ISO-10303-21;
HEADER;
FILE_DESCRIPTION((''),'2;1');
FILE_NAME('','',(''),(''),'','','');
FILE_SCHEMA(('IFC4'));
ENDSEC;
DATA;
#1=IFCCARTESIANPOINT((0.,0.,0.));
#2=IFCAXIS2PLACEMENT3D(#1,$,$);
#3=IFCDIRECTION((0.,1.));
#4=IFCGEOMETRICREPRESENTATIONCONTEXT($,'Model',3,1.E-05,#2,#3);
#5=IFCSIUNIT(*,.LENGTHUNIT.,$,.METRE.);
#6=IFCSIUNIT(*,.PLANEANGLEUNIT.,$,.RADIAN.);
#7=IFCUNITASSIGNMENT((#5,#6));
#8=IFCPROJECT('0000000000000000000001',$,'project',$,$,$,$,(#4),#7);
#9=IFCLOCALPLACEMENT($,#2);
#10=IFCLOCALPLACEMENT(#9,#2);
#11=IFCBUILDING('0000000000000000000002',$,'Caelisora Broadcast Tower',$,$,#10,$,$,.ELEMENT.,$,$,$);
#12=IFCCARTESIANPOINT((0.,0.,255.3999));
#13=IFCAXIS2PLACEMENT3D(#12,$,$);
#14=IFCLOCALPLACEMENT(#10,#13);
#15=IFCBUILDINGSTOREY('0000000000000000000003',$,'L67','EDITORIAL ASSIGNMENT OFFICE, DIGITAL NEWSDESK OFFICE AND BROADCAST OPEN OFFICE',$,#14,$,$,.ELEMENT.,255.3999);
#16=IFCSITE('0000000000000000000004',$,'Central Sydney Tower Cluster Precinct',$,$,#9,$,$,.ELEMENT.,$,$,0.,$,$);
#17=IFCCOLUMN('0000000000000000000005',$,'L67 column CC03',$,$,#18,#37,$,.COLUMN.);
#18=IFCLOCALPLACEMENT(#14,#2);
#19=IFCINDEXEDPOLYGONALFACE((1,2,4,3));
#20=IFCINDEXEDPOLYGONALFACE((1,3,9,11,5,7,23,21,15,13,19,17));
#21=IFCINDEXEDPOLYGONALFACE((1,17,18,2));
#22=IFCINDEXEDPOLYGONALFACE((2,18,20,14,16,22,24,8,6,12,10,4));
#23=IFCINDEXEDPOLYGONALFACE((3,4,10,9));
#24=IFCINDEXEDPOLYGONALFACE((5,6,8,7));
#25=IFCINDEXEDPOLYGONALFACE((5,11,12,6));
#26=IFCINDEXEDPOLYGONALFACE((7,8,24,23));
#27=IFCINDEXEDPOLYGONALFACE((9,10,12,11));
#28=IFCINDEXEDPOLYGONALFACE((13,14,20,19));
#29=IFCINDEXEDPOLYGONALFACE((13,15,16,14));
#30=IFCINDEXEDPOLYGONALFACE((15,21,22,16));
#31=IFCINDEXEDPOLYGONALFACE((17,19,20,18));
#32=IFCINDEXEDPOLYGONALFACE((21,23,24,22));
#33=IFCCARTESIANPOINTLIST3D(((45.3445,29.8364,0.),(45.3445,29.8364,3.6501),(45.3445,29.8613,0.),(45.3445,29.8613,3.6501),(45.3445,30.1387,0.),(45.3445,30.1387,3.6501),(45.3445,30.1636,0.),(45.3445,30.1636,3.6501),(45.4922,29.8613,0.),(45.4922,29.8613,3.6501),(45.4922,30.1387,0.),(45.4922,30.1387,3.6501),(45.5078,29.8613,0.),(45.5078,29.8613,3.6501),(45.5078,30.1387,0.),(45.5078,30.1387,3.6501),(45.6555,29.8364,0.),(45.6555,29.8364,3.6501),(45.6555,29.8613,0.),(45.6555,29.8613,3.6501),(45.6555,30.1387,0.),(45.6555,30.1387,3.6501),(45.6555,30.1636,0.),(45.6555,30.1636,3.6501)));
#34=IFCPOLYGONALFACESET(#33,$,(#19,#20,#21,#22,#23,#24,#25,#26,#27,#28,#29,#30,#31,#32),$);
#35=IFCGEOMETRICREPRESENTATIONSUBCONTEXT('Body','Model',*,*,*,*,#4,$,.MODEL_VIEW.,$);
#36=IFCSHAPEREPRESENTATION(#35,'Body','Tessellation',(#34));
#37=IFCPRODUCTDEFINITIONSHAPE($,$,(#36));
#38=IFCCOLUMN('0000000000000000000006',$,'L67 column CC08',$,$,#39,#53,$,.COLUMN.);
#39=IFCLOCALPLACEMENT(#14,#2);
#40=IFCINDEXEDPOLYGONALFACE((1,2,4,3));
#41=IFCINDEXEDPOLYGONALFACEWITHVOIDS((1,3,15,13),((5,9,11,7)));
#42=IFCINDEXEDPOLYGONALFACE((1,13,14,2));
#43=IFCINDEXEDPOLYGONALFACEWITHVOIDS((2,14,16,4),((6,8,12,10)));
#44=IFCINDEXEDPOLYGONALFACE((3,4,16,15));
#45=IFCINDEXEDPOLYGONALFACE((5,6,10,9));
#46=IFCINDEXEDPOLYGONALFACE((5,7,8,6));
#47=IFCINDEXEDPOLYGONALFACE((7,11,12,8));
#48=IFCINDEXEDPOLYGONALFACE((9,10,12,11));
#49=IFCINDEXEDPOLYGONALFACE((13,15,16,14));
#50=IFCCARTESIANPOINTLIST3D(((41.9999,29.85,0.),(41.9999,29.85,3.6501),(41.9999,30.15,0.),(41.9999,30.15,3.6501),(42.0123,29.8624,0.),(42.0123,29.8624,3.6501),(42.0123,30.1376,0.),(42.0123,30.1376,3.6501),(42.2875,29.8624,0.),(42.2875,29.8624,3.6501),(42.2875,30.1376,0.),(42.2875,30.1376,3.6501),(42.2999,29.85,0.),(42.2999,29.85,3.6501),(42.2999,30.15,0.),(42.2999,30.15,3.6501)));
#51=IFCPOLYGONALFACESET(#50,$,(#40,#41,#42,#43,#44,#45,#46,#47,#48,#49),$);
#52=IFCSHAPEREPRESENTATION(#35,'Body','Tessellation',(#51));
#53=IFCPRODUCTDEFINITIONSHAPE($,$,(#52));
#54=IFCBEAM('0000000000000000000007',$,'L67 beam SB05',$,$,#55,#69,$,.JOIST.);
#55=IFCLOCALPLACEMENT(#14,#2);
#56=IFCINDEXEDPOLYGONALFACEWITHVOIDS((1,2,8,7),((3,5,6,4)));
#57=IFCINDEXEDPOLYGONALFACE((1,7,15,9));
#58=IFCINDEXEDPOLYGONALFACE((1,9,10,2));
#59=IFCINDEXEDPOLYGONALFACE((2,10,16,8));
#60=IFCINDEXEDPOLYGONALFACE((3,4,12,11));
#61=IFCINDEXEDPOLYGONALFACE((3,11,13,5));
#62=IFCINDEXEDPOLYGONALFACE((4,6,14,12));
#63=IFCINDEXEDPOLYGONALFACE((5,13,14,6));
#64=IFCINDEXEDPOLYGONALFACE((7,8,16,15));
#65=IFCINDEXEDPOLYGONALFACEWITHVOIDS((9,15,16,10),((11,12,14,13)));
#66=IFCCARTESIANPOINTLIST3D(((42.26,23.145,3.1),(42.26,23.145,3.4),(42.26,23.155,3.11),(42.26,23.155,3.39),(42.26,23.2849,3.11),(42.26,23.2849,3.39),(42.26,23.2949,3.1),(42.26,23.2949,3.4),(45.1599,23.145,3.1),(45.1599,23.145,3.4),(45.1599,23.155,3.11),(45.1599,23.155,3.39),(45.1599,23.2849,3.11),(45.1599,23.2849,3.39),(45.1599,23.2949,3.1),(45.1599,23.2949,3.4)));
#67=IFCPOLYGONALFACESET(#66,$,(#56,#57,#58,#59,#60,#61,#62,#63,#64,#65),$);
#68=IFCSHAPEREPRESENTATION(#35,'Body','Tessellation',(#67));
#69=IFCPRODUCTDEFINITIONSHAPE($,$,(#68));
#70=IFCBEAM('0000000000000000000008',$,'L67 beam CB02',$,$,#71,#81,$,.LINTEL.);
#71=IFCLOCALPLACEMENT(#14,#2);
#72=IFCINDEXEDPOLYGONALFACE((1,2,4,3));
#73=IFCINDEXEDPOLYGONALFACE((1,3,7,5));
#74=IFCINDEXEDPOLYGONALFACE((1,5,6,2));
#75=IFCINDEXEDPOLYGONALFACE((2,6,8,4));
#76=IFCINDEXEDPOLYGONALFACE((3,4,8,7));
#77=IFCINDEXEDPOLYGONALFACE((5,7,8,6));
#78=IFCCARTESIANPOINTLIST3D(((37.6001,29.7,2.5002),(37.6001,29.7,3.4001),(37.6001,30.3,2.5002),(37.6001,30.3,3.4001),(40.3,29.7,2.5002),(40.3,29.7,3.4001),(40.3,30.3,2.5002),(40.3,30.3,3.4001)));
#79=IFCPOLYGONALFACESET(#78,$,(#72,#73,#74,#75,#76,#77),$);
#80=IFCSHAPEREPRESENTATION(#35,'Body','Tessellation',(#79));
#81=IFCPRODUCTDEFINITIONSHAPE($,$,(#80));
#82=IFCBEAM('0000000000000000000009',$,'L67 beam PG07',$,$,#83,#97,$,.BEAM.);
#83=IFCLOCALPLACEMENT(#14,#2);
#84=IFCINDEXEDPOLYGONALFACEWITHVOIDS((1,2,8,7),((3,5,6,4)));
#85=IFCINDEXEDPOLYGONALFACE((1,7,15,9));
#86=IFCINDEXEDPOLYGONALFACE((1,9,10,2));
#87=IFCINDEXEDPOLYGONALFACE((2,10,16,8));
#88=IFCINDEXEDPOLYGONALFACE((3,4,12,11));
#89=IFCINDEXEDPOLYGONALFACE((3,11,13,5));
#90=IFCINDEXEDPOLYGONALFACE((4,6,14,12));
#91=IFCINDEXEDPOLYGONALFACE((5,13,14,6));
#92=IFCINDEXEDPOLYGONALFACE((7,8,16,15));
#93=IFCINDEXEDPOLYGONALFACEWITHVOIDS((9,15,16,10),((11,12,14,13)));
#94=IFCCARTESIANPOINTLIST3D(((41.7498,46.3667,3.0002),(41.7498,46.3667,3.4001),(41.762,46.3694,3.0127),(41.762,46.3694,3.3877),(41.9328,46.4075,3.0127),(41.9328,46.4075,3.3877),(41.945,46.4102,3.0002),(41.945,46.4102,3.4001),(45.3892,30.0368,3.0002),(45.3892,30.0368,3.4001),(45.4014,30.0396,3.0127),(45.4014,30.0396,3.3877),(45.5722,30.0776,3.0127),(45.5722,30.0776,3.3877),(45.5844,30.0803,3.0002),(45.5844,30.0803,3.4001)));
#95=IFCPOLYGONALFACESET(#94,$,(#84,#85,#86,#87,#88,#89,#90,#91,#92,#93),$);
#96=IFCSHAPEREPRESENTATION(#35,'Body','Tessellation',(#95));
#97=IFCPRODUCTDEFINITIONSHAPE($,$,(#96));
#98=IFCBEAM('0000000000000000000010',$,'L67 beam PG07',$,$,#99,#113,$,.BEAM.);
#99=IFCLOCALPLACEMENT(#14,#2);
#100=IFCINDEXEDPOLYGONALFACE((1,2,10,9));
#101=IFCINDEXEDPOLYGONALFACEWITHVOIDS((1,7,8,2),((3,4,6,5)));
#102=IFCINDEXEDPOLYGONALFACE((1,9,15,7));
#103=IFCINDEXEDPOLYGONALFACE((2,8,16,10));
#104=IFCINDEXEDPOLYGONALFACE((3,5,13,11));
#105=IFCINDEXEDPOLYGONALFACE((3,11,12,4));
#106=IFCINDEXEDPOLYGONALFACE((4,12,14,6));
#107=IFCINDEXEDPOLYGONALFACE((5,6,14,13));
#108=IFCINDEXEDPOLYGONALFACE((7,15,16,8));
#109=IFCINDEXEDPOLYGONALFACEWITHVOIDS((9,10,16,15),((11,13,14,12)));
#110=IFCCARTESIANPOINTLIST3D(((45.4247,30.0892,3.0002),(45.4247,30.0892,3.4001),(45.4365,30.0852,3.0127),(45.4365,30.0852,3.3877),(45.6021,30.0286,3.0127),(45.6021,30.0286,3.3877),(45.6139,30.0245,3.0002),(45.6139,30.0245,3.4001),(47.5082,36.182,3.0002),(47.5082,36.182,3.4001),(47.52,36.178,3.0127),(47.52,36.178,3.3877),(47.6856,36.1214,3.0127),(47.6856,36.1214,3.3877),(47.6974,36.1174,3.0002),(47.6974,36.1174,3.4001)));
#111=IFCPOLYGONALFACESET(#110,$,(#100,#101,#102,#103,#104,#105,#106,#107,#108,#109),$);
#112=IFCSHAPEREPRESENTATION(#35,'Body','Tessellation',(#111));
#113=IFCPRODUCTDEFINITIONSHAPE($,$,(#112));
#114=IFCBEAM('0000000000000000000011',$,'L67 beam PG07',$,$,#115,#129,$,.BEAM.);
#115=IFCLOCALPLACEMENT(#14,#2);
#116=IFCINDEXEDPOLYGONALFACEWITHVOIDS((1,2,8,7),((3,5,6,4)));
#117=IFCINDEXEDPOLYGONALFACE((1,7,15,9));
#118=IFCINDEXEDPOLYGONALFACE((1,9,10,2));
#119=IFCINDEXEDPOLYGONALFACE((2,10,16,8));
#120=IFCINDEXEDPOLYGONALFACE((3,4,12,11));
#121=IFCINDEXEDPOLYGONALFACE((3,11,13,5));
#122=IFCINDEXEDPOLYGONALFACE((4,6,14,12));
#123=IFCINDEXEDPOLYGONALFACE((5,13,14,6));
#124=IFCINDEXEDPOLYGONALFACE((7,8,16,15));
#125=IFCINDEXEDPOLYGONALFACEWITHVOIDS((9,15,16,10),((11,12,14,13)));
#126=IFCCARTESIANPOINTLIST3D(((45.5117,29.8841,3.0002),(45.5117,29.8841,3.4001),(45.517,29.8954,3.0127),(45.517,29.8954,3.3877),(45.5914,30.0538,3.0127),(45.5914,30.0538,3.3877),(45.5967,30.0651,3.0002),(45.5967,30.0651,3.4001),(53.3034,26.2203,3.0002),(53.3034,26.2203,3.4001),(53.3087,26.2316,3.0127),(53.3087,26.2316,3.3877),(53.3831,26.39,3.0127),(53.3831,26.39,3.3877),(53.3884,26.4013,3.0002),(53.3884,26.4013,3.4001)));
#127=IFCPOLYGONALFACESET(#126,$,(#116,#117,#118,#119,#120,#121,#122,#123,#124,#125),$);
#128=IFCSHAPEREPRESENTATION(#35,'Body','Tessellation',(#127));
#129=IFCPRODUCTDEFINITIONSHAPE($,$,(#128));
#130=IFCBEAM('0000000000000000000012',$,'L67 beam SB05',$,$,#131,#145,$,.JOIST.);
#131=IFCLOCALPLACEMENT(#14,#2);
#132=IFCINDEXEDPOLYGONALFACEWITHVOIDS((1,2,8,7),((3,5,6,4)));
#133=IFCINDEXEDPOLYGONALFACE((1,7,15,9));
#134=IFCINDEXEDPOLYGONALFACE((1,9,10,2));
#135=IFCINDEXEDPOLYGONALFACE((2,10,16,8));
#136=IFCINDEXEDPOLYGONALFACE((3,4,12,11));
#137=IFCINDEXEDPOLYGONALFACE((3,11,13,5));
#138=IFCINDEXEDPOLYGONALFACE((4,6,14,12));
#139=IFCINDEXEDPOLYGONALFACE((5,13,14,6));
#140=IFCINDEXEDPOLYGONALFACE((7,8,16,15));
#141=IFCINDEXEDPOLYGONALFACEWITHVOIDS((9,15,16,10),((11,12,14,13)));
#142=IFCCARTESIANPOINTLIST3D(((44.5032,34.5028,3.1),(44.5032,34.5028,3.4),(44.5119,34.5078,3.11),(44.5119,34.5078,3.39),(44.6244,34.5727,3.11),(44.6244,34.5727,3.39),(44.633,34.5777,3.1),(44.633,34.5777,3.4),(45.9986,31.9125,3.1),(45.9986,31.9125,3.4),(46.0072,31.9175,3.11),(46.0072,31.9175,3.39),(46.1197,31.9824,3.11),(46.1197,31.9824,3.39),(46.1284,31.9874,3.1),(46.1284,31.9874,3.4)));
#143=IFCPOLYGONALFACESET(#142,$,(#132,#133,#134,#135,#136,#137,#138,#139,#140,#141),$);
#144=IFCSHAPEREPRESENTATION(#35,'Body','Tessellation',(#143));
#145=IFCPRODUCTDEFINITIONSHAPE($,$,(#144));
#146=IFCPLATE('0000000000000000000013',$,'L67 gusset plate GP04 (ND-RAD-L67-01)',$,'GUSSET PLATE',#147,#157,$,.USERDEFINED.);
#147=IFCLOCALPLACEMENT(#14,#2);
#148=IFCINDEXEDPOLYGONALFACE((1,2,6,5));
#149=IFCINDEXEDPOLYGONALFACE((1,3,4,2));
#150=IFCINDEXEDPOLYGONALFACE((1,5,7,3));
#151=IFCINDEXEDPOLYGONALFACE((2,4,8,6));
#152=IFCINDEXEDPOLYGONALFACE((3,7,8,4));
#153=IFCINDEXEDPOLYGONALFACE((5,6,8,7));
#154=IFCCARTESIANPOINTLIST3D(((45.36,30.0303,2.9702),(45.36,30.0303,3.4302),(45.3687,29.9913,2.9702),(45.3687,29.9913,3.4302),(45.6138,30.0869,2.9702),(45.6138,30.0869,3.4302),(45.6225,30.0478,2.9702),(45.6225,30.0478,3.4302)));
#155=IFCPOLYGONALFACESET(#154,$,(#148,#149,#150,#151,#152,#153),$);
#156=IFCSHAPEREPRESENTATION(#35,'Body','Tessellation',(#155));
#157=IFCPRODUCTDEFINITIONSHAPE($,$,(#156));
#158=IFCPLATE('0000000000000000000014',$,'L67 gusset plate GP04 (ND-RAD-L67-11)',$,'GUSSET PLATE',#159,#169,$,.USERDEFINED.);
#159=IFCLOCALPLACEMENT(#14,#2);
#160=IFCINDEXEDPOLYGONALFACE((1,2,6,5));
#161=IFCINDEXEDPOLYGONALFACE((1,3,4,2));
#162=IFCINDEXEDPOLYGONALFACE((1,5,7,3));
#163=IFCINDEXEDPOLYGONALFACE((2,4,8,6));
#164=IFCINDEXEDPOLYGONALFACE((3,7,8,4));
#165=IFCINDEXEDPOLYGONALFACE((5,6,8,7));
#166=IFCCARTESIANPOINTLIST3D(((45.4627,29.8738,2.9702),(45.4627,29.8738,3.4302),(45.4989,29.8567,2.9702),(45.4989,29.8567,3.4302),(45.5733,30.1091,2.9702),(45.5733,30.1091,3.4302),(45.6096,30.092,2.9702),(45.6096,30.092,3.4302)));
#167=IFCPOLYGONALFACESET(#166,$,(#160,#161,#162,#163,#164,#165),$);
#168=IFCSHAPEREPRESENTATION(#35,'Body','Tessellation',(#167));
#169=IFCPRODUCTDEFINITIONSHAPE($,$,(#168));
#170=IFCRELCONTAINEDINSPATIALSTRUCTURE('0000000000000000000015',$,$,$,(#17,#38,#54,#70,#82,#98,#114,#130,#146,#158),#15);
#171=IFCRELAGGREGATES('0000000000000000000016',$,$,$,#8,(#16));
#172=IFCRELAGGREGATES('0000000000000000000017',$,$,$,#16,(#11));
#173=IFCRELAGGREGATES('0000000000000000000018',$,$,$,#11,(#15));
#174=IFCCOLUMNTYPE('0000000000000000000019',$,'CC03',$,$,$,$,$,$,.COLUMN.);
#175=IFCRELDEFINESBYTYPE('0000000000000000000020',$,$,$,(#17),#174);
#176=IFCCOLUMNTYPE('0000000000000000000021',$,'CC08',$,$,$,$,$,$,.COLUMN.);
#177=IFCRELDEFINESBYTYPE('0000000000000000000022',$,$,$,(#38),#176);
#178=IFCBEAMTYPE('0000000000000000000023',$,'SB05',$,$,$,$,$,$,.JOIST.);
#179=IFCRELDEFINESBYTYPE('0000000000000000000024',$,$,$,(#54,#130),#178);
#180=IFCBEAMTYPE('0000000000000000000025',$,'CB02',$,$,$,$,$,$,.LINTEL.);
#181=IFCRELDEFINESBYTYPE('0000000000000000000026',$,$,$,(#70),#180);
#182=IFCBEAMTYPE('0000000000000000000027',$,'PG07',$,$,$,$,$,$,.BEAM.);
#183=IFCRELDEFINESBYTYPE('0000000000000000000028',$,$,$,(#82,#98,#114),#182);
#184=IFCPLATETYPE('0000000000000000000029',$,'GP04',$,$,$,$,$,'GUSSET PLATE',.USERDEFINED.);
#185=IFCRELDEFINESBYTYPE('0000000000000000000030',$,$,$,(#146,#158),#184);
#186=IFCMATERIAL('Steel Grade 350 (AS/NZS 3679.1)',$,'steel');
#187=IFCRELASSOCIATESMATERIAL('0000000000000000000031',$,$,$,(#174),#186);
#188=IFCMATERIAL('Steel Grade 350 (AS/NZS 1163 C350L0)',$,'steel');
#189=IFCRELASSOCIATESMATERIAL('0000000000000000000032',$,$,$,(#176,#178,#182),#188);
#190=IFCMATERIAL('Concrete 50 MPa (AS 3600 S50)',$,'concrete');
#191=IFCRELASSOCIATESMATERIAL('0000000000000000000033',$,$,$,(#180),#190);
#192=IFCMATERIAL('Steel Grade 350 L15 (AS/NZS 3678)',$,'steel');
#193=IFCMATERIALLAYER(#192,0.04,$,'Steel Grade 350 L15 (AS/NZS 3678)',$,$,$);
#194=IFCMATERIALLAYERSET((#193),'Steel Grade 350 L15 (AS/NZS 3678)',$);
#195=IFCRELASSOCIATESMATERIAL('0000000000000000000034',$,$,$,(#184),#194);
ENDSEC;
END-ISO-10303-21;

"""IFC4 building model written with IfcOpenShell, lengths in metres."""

from ifc_helpers import new_model, si_unit, direction, frame, origin, origin_2d, place, context, subcontext, project, spatial, rectangle, hollow_rectangle, i_section, extrude, source, transform, mapped, material, layer, layer_set, material_profile, profile_set, type_object, type_shapes, element, save


model = new_model("IFC4")

# Units and contexts
model_context = context("Model", 3, precision=1e-05, world=origin(), true_north=direction((0.0, 1.0)))
body_context = subcontext(model_context, "Body", "Model", "MODEL_VIEW")
ifc_project = project(units=[si_unit("LENGTHUNIT", "METRE"), si_unit("PLANEANGLEUNIT", "RADIAN")], contexts=[model_context])

# Site, building, storey
site_placement = place(None, origin())
site = spatial("IfcSite", under=ifc_project, at=site_placement, Name="Central Sydney Tower Cluster Precinct", CompositionType="ELEMENT", RefElevation=0.0)
building_placement = place(site_placement, origin())
building = spatial("IfcBuilding", under=site, at=building_placement, Name="Caelisora Broadcast Tower", CompositionType="ELEMENT")
storey_placement = place(building_placement, frame((0.0, 0.0, 255.3999)))
storey = spatial("IfcBuildingStorey", under=building, at=storey_placement, Name="L67", Description="EDITORIAL ASSIGNMENT OFFICE, DIGITAL NEWSDESK OFFICE AND BROADCAST OPEN OFFICE", CompositionType="ELEMENT", Elevation=255.3999)

# Columns
ifc_material_1 = material(Name="Steel Grade 350 (AS/NZS 3679.1)", Category="steel")
ifc_material_profile_1 = material_profile(ifc_material_1, i_section(OverallWidth=0.311, OverallDepth=0.3271, WebThickness=0.0156, FlangeThickness=0.0249, at=origin_2d()), Name="Steel Grade 350 (AS/NZS 3679.1)")
ifc_profile_set_1 = profile_set([ifc_material_profile_1], Name="Steel Grade 350 (AS/NZS 3679.1)")
column_type_1 = type_object("IfcColumnType", Name="CC03", PredefinedType="COLUMN", material=ifc_profile_set_1)
shared_shape_1 = source(origin(), body_context, "Body", "SweptSolid", [
    extrude(i_section(OverallWidth=0.311, OverallDepth=0.3271, WebThickness=0.0156, FlangeThickness=0.0249, at=origin_2d()), origin(), (0.0, 0.0, 1.0), 3.6501),
])
type_shapes(column_type_1, [shared_shape_1])
column_1_placement = place(storey_placement, frame((45.5, 30.0, 0.0), z_axis=(0.0, 0.0, 1.0), x_axis=(1.0, 0.0, 0.0)))
element("IfcColumn", 1, at=column_1_placement, inside=storey, type_object=column_type_1, Name="L67 column CC03", PredefinedType="COLUMN", context=body_context, shape_type="MappedRepresentation", body=[
    mapped(shared_shape_1, transform((0.0, 0.0, 0.0), scale=1.0)),
])
ifc_material_2 = material(Name="Steel Grade 350 (AS/NZS 1163 C350L0)", Category="steel")
ifc_material_profile_2 = material_profile(ifc_material_2, hollow_rectangle(XDim=0.3, YDim=0.3, WallThickness=0.0125, at=origin_2d()), Name="Steel Grade 350 (AS/NZS 1163 C350L0)")
ifc_profile_set_2 = profile_set([ifc_material_profile_2], Name="Steel Grade 350 (AS/NZS 1163 C350L0)")
column_type_2 = type_object("IfcColumnType", Name="CC08", PredefinedType="COLUMN", material=ifc_profile_set_2)
shared_shape_2 = source(origin(), body_context, "Body", "SweptSolid", [
    extrude(hollow_rectangle(XDim=0.3, YDim=0.3, WallThickness=0.0125, at=origin_2d()), origin(), (0.0, 0.0, 1.0), 3.6501),
])
type_shapes(column_type_2, [shared_shape_2])
column_2_placement = place(storey_placement, frame((42.1499, 30.0, 0.0), z_axis=(0.0, 0.0, 1.0), x_axis=(1.0, 0.0, 0.0)))
element("IfcColumn", 2, at=column_2_placement, inside=storey, type_object=column_type_2, Name="L67 column CC08", PredefinedType="COLUMN", context=body_context, shape_type="MappedRepresentation", body=[
    mapped(shared_shape_2, transform((0.0, 0.0, 0.0), scale=1.0)),
])

# Beams
ifc_material_profile_3 = material_profile(ifc_material_2, hollow_rectangle(XDim=0.1499, YDim=0.3, WallThickness=0.01, at=origin_2d()), Name="Steel Grade 350 (AS/NZS 1163 C350L0)")
ifc_profile_set_3 = profile_set([ifc_material_profile_3], Name="Steel Grade 350 (AS/NZS 1163 C350L0)")
beam_type_1 = type_object("IfcBeamType", Name="SB05", PredefinedType="JOIST", material=ifc_profile_set_3)
shared_shape_3 = source(origin(), body_context, "Body", "SweptSolid", [
    extrude(hollow_rectangle(XDim=0.1499, YDim=0.3, WallThickness=0.01, at=origin_2d()), origin(), (0.0, 0.0, 1.0), 2.8999),
])
beam_1_placement = place(storey_placement, frame((42.26, 23.22, 3.25), z_axis=(1.0, 0.0, 0.0), x_axis=(0.0, 1.0, 0.0)))
element("IfcBeam", 3, at=beam_1_placement, inside=storey, type_object=beam_type_1, Name="L67 beam SB05", PredefinedType="JOIST", context=body_context, shape_type="MappedRepresentation", body=[
    mapped(shared_shape_3, transform((0.0, 0.0, 0.0), scale=1.0)),
])
ifc_material_3 = material(Name="Concrete 50 MPa (AS 3600 S50)", Category="concrete")
ifc_material_profile_4 = material_profile(ifc_material_3, rectangle(XDim=0.6001, YDim=0.8999, at=origin_2d()), Name="Concrete 50 MPa (AS 3600 S50)")
ifc_profile_set_4 = profile_set([ifc_material_profile_4], Name="Concrete 50 MPa (AS 3600 S50)")
beam_type_2 = type_object("IfcBeamType", Name="CB02", PredefinedType="LINTEL", material=ifc_profile_set_4)
shared_shape_4 = source(origin(), body_context, "Body", "SweptSolid", [
    extrude(rectangle(XDim=0.6001, YDim=0.8999, at=origin_2d()), origin(), (0.0, 0.0, 1.0), 2.7),
])
type_shapes(beam_type_2, [shared_shape_4])
beam_2_placement = place(storey_placement, frame((37.6001, 30.0, 2.9502), z_axis=(1.0, 0.0, 0.0), x_axis=(0.0, 1.0, 0.0)))
element("IfcBeam", 4, at=beam_2_placement, inside=storey, type_object=beam_type_2, Name="L67 beam CB02", PredefinedType="LINTEL", context=body_context, shape_type="MappedRepresentation", body=[
    mapped(shared_shape_4, transform((0.0, 0.0, 0.0), scale=1.0)),
])
ifc_material_profile_5 = material_profile(ifc_material_2, hollow_rectangle(XDim=0.2, YDim=0.3999, WallThickness=0.0125, at=origin_2d()), Name="Steel Grade 350 (AS/NZS 1163 C350L0)")
ifc_profile_set_5 = profile_set([ifc_material_profile_5], Name="Steel Grade 350 (AS/NZS 1163 C350L0)")
beam_type_3 = type_object("IfcBeamType", Name="PG07", PredefinedType="BEAM", material=ifc_profile_set_5)
shared_shape_5 = source(origin(), body_context, "Body", "SweptSolid", [
    extrude(hollow_rectangle(XDim=0.2, YDim=0.3999, WallThickness=0.0125, at=origin_2d()), origin(), (0.0, 0.0, 1.0), 16.7305),
])
beam_3_placement = place(storey_placement, frame((45.4868, 30.0586, 3.2002), z_axis=(-0.217531, 0.976053, 0.0), x_axis=(-0.976053, -0.217531, 0.0)))
element("IfcBeam", 5, at=beam_3_placement, inside=storey, type_object=beam_type_3, Name="L67 beam PG07", PredefinedType="BEAM", context=body_context, shape_type="MappedRepresentation", body=[
    mapped(shared_shape_5, transform((0.0, 0.0, 0.0), scale=1.0)),
])
shared_shape_6 = source(origin(), body_context, "Body", "SweptSolid", [
    extrude(hollow_rectangle(XDim=0.2, YDim=0.3999, WallThickness=0.0125, at=origin_2d()), origin(), (0.0, 0.0, 1.0), 6.4392),
])
beam_4_placement = place(storey_placement, frame((45.5193, 30.0569, 3.2002), z_axis=(0.323566, 0.946206, 0.0), x_axis=(-0.946206, 0.323566, 0.0)))
element("IfcBeam", 6, at=beam_4_placement, inside=storey, type_object=beam_type_3, Name="L67 beam PG07", PredefinedType="BEAM", context=body_context, shape_type="MappedRepresentation", body=[
    mapped(shared_shape_6, transform((0.0, 0.0, 0.0), scale=1.0)),
])
shared_shape_7 = source(origin(), body_context, "Body", "SweptSolid", [
    extrude(hollow_rectangle(XDim=0.2, YDim=0.3999, WallThickness=0.0125, at=origin_2d()), origin(), (0.0, 0.0, 1.0), 8.6101),
])
type_shapes(beam_type_3, [shared_shape_5, shared_shape_6, shared_shape_7])
beam_5_placement = place(storey_placement, frame((45.5542, 29.9746, 3.2002), z_axis=(0.904948, -0.425523, 0.0), x_axis=(0.425523, 0.904948, 0.0)))
element("IfcBeam", 7, at=beam_5_placement, inside=storey, type_object=beam_type_3, Name="L67 beam PG07", PredefinedType="BEAM", context=body_context, shape_type="MappedRepresentation", body=[
    mapped(shared_shape_7, transform((0.0, 0.0, 0.0), scale=1.0)),
])
shared_shape_8 = source(origin(), body_context, "Body", "SweptSolid", [
    extrude(hollow_rectangle(XDim=0.1499, YDim=0.3, WallThickness=0.01, at=origin_2d()), origin(), (0.0, 0.0, 1.0), 2.991),
])
type_shapes(beam_type_1, [shared_shape_3, shared_shape_8])
beam_6_placement = place(storey_placement, frame((46.0635, 31.95, 3.25), z_axis=(-0.499958, 0.86605, 0.0), x_axis=(-0.86605, -0.499958, 0.0)))
element("IfcBeam", 8, at=beam_6_placement, inside=storey, type_object=beam_type_1, Name="L67 beam SB05", PredefinedType="JOIST", context=body_context, shape_type="MappedRepresentation", body=[
    mapped(shared_shape_8, transform((0.0, 0.0, 0.0), scale=1.0)),
])

# Plates
ifc_material_4 = material(Name="Steel Grade 350 L15 (AS/NZS 3678)", Category="steel")
ifc_layer_1 = layer(ifc_material_4, 0.04, Name="Steel Grade 350 L15 (AS/NZS 3678)")
ifc_layer_set_1 = layer_set([ifc_layer_1], Name="Steel Grade 350 L15 (AS/NZS 3678)")
plate_type = type_object("IfcPlateType", Name="GP04", ElementType="GUSSET PLATE", PredefinedType="USERDEFINED", material=ifc_layer_set_1)
shared_shape_9 = source(origin(), body_context, "Body", "SweptSolid", [
    extrude(rectangle(XDim=0.26, YDim=0.04, at=origin_2d()), origin(), (0.0, 0.0, 1.0), 0.46),
])
for number, where, z_axis, x_axis, name in (
    (9, (45.4912, 30.0391, 2.9702), (0.0, 0.0, 1.0), (-0.976069, -0.217462, 0.0), "L67 gusset plate GP04 (ND-RAD-L67-01)"),
    (10, (45.5361, 29.9829, 2.9702), (0.0, 0.0, 1.0), (0.425463, 0.904976, 0.0), "L67 gusset plate GP04 (ND-RAD-L67-11)"),
):
    element("IfcPlate", number, at=place(storey_placement, frame(where, z_axis=z_axis, x_axis=x_axis)), inside=storey, type_object=plate_type, Name=name, ObjectType="GUSSET PLATE", PredefinedType="USERDEFINED", context=body_context, shape_type="MappedRepresentation", body=[
        mapped(shared_shape_9, transform((0.0, 0.0, 0.0), scale=1.0)),
    ])

save(model, "model.ifc")
